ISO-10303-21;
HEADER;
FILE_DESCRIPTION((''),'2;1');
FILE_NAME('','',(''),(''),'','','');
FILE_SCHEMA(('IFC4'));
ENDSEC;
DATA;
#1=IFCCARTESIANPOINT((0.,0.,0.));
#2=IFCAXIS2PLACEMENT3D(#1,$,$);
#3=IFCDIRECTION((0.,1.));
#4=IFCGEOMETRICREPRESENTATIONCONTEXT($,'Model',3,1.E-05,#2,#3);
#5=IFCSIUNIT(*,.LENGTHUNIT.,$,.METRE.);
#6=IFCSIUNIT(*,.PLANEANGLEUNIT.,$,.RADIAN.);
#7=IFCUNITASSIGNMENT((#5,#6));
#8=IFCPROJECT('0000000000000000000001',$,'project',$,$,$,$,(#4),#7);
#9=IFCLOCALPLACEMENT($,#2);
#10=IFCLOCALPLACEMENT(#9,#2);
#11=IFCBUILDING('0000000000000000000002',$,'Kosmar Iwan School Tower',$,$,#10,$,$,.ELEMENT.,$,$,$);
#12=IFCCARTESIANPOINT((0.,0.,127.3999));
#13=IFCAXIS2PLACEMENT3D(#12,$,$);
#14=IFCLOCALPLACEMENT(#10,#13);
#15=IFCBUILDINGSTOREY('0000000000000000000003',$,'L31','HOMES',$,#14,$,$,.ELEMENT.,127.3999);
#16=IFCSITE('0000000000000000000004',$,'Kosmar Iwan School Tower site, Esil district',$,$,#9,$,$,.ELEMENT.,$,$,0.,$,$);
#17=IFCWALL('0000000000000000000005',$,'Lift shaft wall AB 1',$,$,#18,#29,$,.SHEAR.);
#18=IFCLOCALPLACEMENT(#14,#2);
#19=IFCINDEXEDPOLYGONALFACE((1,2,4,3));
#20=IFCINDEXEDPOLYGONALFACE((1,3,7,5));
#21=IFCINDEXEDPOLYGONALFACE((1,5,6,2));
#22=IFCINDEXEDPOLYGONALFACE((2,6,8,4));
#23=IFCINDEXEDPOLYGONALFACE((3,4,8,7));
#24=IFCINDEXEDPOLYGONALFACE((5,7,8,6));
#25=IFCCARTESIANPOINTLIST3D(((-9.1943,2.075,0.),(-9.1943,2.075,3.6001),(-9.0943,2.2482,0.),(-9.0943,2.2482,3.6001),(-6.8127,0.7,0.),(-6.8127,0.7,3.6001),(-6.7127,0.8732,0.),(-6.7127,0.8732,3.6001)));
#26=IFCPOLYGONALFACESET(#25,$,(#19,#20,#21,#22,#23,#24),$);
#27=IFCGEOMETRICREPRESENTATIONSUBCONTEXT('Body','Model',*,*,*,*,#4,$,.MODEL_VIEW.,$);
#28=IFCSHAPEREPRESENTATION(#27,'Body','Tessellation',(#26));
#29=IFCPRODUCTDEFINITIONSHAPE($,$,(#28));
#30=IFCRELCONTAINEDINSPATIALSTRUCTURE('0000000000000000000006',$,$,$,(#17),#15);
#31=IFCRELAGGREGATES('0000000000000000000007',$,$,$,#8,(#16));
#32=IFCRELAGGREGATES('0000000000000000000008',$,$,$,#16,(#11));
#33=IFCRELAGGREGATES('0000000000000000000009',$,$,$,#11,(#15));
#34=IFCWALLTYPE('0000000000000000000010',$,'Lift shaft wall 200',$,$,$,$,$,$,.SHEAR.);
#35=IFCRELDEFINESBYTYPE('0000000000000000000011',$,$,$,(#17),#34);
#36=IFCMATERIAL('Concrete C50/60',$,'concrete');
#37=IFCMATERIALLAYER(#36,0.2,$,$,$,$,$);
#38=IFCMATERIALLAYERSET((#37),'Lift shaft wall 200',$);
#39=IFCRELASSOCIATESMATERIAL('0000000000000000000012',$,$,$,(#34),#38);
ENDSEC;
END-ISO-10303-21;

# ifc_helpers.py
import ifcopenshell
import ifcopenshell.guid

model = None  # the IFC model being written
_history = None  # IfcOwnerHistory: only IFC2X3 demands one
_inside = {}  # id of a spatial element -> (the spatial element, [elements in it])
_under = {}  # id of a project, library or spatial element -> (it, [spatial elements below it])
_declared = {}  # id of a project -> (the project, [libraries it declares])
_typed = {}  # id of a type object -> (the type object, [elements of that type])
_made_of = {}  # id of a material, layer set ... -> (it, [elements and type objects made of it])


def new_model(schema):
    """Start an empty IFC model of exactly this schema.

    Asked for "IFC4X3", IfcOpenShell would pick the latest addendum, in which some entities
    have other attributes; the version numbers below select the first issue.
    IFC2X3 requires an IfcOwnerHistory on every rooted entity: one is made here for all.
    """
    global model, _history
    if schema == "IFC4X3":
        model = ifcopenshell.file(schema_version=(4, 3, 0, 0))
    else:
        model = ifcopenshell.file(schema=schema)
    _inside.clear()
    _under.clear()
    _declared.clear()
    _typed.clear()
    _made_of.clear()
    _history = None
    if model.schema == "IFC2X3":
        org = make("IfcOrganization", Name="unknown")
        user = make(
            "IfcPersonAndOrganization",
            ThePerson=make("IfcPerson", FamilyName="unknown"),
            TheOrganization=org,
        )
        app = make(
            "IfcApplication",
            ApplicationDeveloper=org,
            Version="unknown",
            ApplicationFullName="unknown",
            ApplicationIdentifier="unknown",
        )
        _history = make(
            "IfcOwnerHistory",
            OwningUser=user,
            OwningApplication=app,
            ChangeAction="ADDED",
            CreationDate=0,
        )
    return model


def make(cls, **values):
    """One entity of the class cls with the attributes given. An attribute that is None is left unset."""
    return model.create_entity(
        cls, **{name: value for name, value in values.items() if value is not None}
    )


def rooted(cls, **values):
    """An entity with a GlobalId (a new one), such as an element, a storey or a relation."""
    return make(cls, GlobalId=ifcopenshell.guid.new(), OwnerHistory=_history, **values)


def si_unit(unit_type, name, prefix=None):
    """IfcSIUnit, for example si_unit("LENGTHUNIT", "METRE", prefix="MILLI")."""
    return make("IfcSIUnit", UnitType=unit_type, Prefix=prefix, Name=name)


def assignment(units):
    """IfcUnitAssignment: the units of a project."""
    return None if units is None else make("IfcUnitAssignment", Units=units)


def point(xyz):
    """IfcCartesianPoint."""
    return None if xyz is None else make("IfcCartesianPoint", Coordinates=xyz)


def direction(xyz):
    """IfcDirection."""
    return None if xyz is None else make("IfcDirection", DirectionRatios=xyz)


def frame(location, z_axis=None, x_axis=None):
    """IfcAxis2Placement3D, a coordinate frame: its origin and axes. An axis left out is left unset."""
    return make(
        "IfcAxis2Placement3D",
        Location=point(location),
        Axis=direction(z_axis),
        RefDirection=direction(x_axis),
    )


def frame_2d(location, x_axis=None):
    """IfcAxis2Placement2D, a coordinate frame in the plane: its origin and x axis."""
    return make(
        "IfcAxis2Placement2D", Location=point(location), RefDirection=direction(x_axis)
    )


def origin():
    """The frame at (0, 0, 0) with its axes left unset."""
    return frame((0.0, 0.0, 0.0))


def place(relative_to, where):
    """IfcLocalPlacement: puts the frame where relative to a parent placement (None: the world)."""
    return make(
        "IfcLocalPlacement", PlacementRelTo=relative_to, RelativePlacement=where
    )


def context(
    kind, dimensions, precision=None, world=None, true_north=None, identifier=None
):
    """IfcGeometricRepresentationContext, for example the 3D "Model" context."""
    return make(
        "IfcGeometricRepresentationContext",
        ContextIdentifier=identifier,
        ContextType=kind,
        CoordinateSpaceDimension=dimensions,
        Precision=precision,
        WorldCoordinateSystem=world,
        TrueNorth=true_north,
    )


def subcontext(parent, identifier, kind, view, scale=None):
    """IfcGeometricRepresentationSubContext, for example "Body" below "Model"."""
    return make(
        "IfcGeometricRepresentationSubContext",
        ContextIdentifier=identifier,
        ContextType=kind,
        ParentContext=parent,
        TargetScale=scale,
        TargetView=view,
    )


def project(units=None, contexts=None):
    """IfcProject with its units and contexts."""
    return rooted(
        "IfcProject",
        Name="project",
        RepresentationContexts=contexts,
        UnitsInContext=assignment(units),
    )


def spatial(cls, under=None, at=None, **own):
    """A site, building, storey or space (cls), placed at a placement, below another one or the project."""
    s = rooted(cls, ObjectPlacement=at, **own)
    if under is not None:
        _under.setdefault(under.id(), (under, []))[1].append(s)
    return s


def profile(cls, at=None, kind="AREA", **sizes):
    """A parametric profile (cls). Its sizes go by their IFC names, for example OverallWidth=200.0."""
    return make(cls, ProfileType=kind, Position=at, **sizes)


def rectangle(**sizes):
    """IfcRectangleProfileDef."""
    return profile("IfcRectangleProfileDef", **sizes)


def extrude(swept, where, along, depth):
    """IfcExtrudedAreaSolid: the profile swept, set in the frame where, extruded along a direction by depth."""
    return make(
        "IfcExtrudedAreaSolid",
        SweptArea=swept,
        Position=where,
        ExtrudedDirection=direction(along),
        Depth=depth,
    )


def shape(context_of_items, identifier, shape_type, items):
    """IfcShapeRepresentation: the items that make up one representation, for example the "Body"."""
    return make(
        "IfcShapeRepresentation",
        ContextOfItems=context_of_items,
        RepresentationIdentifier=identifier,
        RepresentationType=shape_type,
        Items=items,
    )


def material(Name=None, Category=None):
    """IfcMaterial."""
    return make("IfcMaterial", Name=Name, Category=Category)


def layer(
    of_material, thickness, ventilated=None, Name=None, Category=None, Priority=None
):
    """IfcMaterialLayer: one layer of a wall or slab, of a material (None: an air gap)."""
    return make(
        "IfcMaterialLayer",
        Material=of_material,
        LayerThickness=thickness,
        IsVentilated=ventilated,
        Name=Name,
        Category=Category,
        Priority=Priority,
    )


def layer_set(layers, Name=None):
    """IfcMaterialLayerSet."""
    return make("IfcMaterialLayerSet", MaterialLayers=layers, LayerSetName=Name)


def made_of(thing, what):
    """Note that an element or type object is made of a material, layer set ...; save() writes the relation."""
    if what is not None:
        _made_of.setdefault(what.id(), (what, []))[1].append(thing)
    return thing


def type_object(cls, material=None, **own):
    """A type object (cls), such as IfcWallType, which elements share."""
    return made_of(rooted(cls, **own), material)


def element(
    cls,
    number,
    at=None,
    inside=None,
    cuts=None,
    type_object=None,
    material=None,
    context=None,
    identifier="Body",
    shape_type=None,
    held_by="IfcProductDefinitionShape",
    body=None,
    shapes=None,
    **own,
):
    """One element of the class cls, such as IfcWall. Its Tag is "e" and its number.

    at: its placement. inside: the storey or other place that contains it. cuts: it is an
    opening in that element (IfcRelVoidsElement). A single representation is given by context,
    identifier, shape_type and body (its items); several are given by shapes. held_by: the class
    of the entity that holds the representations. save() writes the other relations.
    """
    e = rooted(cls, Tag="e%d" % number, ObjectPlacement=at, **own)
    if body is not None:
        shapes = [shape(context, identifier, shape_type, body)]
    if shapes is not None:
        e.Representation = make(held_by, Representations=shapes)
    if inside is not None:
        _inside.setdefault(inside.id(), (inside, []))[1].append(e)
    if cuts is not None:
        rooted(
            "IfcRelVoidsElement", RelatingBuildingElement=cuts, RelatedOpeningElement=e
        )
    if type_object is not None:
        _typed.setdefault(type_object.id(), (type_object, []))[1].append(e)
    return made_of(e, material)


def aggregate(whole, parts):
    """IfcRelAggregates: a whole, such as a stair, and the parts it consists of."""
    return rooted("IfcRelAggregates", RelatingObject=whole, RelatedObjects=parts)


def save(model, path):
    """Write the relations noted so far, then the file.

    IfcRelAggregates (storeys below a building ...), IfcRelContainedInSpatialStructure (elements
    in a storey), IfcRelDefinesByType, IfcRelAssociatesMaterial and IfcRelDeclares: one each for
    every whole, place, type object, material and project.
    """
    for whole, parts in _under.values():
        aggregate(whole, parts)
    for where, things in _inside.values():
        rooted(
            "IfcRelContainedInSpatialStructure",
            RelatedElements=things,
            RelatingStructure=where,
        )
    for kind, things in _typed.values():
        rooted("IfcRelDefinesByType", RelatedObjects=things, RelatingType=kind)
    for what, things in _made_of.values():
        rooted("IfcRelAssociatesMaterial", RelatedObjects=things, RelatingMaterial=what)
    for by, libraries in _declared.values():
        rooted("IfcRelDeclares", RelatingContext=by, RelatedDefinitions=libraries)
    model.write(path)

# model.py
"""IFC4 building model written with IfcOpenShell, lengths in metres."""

from ifc_helpers import new_model, si_unit, direction, frame, frame_2d, origin, place, context, subcontext, project, spatial, rectangle, extrude, material, layer, layer_set, type_object, element, save


model = new_model("IFC4")

# Units and contexts
model_context = context("Model", 3, precision=1e-05, world=origin(), true_north=direction((0.0, 1.0)))
body_context = subcontext(model_context, "Body", "Model", "MODEL_VIEW")
ifc_project = project(units=[si_unit("LENGTHUNIT", "METRE"), si_unit("PLANEANGLEUNIT", "RADIAN")], contexts=[model_context])

# Site, building, storey
site_placement = place(None, origin())
site = spatial("IfcSite", under=ifc_project, at=site_placement, Name="Kosmar Iwan School Tower site, Esil district", CompositionType="ELEMENT", RefElevation=0.0)
building_placement = place(site_placement, origin())
building = spatial("IfcBuilding", under=site, at=building_placement, Name="Kosmar Iwan School Tower", CompositionType="ELEMENT")
storey_placement = place(building_placement, frame((0.0, 0.0, 127.3999)))
storey = spatial("IfcBuildingStorey", under=building, at=storey_placement, Name="L31", Description="HOMES", CompositionType="ELEMENT", Elevation=127.3999)

# Wall
ifc_material_1 = material(Name="Concrete C50/60", Category="concrete")
ifc_layer_1 = layer(ifc_material_1, 0.2)
ifc_layer_set_1 = layer_set([ifc_layer_1], Name="Lift shaft wall 200")
wall_type_1 = type_object("IfcWallType", Name="Lift shaft wall 200", PredefinedType="SHEAR", material=ifc_layer_set_1)
wall_1_placement = place(storey_placement, frame((-6.7627, 0.7866, 0.0), z_axis=(0.0, 0.0, 1.0), x_axis=(-0.866027, 0.499997, 0.0)))
element("IfcWall", 1, at=wall_1_placement, inside=storey, type_object=wall_type_1, Name="Lift shaft wall AB 1", PredefinedType="SHEAR", context=body_context, shape_type="SweptSolid", body=[
    extrude(rectangle(XDim=2.75, YDim=0.2, at=frame_2d((1.375, 0.0))), origin(), (0.0, 0.0, 1.0), 3.6001),
])

save(model, "model.ifc")
